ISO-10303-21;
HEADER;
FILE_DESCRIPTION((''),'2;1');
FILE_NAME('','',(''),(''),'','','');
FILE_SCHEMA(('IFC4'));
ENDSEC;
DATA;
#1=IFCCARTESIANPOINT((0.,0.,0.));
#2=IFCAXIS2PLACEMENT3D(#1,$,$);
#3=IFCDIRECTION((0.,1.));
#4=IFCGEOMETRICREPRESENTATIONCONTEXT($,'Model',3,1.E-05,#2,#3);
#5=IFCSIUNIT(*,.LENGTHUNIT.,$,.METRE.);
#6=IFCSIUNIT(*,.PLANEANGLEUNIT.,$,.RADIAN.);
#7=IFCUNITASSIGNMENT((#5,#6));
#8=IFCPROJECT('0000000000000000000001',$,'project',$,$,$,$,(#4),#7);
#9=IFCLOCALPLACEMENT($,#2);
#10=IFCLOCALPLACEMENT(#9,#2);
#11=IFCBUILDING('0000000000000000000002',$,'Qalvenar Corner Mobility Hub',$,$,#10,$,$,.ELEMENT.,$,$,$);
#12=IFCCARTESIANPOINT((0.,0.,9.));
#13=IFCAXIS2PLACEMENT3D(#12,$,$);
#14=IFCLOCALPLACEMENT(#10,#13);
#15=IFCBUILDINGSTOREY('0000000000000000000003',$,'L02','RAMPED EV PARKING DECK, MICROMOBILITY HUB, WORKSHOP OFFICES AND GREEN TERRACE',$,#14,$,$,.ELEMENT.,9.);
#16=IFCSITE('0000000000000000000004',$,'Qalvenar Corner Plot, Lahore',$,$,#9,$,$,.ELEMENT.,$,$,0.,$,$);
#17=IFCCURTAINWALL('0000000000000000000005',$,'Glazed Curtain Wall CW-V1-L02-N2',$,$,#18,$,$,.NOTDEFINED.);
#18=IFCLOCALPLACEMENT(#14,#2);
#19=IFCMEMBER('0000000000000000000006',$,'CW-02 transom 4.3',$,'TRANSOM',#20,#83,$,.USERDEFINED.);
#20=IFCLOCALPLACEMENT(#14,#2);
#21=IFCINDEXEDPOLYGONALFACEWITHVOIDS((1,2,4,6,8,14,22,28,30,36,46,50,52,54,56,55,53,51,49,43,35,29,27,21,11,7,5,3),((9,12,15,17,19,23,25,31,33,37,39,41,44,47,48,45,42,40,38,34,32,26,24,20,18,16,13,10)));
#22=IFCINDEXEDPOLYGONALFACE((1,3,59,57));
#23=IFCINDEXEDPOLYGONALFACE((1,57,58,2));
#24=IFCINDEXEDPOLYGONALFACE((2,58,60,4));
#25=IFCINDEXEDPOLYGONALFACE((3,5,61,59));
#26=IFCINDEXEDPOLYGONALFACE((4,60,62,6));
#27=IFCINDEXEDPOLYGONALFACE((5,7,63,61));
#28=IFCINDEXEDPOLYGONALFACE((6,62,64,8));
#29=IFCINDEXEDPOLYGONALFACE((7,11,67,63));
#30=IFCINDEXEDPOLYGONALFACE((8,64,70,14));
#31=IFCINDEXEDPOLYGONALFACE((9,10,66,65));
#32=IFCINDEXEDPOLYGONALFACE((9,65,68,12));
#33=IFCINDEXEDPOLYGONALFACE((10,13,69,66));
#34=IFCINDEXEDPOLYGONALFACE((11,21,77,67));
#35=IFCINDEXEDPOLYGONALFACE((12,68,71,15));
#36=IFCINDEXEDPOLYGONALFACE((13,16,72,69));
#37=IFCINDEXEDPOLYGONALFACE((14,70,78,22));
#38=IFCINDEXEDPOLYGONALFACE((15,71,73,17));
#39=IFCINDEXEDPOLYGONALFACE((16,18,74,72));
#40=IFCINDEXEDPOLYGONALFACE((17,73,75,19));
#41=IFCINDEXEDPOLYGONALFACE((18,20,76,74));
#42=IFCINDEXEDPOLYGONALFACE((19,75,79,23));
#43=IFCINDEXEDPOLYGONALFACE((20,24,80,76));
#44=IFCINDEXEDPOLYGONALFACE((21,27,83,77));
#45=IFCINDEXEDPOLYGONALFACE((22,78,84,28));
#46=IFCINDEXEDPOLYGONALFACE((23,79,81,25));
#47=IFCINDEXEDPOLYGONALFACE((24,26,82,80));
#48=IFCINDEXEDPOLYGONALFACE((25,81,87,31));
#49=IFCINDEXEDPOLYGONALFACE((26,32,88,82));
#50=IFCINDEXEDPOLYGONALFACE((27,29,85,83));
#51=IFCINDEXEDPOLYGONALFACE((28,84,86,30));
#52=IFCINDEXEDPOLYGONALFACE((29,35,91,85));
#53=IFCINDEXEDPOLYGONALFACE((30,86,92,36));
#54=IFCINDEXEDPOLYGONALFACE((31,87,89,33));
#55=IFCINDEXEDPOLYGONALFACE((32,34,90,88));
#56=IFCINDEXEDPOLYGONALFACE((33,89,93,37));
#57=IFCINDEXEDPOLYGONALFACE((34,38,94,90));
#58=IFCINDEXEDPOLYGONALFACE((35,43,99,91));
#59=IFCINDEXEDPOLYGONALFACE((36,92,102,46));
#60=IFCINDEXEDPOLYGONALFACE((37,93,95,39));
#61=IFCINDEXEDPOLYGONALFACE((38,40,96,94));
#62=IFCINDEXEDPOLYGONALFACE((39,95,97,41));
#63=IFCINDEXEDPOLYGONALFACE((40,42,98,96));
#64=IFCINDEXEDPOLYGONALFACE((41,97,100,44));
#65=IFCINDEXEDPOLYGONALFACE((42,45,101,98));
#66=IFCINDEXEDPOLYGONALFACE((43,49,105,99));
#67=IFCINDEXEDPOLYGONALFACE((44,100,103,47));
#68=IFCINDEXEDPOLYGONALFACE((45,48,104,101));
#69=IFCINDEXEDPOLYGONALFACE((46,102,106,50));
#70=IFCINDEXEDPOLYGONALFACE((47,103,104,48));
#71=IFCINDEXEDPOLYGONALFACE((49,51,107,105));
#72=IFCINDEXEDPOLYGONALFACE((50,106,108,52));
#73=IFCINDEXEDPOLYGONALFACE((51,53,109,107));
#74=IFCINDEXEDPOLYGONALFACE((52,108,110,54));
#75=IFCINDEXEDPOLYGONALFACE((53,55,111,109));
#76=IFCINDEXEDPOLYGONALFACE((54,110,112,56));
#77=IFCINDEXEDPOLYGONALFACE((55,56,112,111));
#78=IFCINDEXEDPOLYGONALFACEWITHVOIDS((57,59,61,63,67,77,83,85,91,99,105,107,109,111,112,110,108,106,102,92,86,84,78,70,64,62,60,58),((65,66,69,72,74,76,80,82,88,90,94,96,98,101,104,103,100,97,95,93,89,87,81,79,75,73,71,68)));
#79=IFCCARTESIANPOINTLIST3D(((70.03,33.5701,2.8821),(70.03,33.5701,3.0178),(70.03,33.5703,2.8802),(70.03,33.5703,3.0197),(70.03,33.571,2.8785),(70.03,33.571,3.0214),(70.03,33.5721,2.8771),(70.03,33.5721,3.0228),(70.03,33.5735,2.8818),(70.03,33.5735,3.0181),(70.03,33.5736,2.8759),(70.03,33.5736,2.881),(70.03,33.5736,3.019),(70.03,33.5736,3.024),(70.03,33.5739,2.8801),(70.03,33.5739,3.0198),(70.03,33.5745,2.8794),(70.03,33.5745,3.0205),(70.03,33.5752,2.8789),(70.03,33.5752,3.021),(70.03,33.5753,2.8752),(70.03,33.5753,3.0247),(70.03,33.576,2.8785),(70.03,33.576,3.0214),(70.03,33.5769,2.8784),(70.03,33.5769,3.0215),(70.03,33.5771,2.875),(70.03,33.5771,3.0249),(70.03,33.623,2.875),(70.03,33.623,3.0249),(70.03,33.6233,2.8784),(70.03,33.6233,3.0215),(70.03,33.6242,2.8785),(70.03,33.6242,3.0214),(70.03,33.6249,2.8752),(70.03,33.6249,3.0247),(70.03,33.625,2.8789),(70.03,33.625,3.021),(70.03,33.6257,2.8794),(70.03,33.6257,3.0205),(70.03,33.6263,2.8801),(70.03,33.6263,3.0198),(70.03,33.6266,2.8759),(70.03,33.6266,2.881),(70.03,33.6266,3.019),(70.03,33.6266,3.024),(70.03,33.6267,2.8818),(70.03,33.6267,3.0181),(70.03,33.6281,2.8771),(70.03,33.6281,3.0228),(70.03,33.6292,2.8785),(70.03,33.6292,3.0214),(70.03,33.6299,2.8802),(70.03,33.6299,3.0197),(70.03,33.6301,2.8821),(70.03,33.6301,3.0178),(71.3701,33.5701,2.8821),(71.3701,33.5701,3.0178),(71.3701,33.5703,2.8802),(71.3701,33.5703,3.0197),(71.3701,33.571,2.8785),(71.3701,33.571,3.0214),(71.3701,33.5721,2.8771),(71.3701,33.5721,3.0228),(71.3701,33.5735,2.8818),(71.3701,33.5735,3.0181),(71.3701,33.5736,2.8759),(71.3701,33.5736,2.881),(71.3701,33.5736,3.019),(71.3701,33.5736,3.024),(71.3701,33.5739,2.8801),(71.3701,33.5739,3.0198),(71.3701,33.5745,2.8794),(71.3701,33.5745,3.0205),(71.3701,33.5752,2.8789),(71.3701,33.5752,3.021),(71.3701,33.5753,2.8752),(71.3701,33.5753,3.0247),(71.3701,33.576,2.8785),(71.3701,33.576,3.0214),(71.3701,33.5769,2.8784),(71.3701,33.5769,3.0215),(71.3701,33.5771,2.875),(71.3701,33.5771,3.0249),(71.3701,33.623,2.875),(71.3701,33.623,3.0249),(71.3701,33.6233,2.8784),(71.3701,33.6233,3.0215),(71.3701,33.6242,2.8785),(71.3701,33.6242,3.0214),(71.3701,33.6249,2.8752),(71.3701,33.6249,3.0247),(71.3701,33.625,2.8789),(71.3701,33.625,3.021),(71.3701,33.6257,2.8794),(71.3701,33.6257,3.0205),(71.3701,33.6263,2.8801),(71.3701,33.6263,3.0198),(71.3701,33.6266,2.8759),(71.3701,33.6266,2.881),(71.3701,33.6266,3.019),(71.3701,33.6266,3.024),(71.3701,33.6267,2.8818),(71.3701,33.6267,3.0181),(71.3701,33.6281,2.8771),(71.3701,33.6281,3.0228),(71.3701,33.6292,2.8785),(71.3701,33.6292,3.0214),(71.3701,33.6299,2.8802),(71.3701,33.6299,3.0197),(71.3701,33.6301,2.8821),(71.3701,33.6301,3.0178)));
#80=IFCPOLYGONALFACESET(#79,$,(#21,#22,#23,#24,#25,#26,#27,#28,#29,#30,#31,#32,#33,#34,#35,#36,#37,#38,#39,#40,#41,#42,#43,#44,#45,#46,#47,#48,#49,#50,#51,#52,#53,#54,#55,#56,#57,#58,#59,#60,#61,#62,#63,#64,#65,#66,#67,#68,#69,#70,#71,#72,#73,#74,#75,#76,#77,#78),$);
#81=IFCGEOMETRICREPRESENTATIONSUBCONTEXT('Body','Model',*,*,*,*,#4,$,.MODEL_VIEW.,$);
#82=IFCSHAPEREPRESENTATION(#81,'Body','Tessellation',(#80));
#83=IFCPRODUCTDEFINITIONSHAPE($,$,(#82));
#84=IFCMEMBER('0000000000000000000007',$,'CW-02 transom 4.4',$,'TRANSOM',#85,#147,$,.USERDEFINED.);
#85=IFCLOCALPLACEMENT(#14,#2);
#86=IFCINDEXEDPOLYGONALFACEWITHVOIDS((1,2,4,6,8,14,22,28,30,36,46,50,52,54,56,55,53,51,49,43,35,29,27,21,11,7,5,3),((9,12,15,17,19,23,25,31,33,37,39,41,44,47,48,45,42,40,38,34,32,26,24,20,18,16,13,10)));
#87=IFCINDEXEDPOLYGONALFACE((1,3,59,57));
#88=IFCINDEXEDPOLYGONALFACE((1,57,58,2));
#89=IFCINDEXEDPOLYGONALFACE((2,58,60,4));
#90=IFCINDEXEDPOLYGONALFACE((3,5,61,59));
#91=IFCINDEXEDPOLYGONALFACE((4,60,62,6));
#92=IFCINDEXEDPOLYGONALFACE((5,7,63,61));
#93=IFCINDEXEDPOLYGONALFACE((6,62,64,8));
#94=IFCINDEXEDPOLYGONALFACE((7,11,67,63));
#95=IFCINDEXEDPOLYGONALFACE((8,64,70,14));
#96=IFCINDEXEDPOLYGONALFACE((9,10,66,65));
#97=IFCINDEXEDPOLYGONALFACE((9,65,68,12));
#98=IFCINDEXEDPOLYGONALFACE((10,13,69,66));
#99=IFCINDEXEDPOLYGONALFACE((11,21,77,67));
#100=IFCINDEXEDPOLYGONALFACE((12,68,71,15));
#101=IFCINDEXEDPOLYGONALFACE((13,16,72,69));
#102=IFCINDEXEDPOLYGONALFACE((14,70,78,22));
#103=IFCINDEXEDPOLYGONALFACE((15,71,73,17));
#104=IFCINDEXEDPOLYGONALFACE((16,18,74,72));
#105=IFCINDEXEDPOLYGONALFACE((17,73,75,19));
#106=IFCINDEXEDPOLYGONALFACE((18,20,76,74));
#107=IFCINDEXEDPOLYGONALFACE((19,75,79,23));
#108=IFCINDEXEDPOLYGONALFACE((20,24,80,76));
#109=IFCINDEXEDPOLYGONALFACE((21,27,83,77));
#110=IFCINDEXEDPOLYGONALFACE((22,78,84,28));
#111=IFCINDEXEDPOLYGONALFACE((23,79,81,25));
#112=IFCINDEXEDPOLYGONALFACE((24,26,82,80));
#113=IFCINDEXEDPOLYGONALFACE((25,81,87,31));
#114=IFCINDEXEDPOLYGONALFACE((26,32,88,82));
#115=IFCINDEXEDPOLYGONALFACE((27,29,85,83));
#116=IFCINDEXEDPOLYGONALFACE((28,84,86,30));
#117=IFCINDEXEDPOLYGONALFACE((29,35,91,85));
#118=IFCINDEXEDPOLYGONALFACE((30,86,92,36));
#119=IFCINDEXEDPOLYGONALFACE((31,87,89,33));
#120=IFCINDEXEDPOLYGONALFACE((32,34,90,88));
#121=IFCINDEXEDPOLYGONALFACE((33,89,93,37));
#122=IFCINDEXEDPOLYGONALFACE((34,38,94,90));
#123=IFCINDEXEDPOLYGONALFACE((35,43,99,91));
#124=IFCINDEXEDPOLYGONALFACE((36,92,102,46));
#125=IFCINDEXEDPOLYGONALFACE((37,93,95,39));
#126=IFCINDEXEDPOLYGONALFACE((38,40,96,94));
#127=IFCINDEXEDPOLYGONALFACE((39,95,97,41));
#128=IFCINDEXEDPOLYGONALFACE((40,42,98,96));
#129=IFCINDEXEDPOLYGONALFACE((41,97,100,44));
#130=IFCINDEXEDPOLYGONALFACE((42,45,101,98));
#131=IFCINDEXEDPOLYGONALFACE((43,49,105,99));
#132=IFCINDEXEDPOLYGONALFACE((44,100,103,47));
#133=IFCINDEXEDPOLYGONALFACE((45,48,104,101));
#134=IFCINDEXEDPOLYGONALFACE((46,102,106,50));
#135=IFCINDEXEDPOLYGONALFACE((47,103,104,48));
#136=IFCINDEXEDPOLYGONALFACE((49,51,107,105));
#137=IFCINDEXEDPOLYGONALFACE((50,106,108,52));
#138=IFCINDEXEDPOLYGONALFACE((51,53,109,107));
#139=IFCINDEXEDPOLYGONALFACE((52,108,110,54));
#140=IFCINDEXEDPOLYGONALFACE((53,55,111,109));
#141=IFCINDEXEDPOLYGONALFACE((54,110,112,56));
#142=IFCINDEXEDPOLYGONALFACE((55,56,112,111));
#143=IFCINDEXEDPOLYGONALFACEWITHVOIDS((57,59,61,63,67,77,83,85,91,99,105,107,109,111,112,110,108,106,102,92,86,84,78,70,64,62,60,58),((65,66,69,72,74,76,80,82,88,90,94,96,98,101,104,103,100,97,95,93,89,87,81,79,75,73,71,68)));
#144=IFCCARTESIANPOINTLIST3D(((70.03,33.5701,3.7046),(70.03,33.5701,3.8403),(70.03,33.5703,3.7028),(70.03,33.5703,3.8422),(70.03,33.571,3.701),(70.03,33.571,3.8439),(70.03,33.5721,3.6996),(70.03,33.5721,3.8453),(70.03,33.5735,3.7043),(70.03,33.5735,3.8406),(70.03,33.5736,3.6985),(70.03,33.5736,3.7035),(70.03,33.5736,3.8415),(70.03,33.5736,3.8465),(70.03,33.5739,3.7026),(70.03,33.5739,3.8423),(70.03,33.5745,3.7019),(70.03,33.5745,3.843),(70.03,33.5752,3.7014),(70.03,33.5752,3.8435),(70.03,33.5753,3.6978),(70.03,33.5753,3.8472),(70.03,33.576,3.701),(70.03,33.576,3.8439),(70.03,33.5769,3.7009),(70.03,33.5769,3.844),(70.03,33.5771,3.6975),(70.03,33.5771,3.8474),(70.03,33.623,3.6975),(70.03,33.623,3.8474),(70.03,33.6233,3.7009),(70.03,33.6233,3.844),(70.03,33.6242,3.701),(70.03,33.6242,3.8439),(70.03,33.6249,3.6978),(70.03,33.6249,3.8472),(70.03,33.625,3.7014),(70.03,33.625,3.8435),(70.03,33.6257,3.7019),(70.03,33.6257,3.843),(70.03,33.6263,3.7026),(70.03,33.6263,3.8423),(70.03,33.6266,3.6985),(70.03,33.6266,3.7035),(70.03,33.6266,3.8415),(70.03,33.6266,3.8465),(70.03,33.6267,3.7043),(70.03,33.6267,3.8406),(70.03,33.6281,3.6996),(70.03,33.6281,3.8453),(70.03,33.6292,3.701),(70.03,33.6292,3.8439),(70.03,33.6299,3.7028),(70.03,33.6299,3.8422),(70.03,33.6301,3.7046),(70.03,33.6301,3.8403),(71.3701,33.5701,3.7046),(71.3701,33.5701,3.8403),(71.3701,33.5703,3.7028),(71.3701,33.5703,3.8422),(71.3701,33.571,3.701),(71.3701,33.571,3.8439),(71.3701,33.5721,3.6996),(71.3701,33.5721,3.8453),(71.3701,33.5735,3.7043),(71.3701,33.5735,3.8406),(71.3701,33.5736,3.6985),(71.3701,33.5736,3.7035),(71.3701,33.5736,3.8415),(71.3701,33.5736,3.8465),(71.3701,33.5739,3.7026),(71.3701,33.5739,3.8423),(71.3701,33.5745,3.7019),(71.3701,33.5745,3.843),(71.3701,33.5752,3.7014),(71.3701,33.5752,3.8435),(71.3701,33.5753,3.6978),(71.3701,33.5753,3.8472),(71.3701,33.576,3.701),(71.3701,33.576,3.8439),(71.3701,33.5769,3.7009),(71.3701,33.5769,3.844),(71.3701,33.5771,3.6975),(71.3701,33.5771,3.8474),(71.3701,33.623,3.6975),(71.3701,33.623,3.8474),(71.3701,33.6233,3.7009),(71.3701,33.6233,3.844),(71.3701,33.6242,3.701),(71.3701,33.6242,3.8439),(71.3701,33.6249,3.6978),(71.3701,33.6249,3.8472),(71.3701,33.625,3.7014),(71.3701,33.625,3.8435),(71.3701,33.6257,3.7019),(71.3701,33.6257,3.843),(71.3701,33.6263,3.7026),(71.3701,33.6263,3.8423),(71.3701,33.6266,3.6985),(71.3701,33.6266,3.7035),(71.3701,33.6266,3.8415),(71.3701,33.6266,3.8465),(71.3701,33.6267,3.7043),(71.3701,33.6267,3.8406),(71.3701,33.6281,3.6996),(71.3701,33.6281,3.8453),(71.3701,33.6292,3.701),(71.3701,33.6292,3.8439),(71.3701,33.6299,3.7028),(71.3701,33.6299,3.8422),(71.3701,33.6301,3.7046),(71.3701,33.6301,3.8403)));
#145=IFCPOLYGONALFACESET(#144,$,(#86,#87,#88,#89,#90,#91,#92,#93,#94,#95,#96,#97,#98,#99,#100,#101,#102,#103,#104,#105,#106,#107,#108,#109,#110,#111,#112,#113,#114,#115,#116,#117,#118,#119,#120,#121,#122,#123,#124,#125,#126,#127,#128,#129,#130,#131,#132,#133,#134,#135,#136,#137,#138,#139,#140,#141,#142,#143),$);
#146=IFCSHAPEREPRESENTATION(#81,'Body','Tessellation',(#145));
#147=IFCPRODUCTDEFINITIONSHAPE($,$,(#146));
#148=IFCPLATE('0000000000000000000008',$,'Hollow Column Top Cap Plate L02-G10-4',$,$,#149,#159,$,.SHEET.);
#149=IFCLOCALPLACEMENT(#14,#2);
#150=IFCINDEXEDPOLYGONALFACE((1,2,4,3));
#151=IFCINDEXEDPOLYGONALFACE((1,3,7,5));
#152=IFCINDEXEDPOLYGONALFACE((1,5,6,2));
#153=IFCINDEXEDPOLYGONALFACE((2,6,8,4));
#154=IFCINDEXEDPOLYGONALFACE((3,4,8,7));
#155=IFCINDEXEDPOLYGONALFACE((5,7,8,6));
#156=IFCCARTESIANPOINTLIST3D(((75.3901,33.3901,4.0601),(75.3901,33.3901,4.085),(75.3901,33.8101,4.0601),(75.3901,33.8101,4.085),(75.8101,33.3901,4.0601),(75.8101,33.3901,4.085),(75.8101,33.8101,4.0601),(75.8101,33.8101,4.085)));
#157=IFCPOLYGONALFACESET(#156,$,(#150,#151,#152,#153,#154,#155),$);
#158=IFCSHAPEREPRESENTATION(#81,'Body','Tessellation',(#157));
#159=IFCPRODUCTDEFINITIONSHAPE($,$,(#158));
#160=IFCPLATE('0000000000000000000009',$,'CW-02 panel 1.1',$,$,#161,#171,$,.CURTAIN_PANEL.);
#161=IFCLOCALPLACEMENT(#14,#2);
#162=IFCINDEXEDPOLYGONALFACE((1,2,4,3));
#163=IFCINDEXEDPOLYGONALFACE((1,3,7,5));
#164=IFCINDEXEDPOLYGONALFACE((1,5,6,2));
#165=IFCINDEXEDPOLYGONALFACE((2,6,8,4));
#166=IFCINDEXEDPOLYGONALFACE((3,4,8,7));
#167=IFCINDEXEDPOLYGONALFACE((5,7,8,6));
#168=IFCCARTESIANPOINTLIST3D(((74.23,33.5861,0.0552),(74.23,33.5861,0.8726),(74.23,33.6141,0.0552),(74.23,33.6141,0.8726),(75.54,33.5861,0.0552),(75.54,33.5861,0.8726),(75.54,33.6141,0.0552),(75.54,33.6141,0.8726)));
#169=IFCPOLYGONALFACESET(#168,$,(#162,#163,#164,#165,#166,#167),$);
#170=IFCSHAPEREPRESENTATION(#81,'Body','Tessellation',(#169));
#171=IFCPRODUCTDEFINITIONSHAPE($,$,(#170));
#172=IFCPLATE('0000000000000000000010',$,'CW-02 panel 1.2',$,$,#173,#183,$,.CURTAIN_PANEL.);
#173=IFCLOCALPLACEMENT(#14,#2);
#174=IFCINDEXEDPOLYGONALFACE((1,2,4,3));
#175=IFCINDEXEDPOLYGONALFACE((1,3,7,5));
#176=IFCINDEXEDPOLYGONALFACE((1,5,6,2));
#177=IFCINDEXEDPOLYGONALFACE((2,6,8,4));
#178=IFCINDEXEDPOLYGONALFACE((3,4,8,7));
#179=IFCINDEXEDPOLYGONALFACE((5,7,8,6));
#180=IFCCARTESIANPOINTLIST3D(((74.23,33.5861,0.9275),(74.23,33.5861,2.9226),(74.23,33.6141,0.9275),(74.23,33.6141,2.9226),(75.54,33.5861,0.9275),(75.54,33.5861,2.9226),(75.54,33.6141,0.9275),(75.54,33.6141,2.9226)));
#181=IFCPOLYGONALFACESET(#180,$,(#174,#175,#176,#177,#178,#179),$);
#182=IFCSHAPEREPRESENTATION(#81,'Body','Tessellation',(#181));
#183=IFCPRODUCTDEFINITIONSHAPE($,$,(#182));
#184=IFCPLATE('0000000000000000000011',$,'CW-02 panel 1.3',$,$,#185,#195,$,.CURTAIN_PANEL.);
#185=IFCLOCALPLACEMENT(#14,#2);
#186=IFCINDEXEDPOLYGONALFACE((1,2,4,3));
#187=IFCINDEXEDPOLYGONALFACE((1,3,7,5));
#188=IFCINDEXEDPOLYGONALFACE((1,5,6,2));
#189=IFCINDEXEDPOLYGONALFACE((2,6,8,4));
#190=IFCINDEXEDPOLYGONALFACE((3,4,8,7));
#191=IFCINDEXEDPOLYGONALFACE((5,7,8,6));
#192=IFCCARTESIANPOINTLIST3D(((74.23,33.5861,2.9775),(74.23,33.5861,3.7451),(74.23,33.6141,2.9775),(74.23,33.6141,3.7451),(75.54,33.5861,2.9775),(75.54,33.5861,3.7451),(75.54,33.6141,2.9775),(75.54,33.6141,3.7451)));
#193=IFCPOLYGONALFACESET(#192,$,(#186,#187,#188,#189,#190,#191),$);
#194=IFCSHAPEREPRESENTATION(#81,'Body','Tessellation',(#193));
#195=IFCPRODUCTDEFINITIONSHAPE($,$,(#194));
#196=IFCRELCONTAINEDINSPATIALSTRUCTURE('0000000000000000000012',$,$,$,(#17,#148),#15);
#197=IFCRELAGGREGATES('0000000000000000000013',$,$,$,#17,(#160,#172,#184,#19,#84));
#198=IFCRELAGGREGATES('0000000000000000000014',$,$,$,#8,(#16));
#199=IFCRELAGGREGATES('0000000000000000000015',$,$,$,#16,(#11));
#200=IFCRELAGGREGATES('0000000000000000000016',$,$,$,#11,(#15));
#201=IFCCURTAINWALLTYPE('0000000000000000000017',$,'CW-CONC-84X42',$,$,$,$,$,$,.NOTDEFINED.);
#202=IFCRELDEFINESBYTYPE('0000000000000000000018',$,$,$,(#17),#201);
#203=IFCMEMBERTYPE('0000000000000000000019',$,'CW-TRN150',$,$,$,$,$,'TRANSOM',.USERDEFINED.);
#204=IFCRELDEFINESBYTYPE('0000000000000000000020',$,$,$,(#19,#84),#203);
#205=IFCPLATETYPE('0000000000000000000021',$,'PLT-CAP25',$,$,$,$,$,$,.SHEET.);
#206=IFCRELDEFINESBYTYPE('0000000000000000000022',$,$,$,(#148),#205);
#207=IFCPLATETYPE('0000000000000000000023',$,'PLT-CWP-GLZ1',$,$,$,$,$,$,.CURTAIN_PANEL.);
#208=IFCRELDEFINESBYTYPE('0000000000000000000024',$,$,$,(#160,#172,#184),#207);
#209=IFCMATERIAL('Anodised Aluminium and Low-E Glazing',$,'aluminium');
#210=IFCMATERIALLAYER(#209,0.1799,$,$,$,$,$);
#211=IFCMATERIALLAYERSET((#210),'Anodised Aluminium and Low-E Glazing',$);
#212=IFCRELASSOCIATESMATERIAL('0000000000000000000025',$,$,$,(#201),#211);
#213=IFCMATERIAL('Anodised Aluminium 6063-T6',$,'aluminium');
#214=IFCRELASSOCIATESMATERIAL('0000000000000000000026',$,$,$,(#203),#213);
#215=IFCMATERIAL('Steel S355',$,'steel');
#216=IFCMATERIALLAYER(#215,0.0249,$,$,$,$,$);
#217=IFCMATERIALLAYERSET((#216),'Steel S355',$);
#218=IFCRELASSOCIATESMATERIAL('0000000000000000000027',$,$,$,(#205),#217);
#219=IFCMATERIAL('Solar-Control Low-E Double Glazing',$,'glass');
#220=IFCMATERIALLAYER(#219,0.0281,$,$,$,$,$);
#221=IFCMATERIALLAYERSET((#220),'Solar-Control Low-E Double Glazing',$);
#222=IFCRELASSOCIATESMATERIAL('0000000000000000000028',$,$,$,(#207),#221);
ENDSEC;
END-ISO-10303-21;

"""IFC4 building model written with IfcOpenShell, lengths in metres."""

from ifc_helpers import new_model, si_unit, direction, frame, origin, origin_2d, place, context, subcontext, project, spatial, rectangle, hollow_rectangle, extrude, material, layer, layer_set, material_profile, profile_set, type_object, element, aggregate, save


model = new_model("IFC4")

# Units and contexts
model_context = context("Model", 3, precision=1e-05, world=origin(), true_north=direction((0.0, 1.0)))
body_context = subcontext(model_context, "Body", "Model", "MODEL_VIEW")
ifc_project = project(units=[si_unit("LENGTHUNIT", "METRE"), si_unit("PLANEANGLEUNIT", "RADIAN")], contexts=[model_context])

# Site, building, storey
site_placement = place(None, origin())
site = spatial("IfcSite", under=ifc_project, at=site_placement, Name="Qalvenar Corner Plot, Lahore", CompositionType="ELEMENT", RefElevation=0.0)
building_placement = place(site_placement, origin())
building = spatial("IfcBuilding", under=site, at=building_placement, Name="Qalvenar Corner Mobility Hub", CompositionType="ELEMENT")
storey_placement = place(building_placement, frame((0.0, 0.0, 9.0)))
storey = spatial("IfcBuildingStorey", under=building, at=storey_placement, Name="L02", Description="RAMPED EV PARKING DECK, MICROMOBILITY HUB, WORKSHOP OFFICES AND GREEN TERRACE", CompositionType="ELEMENT", Elevation=9.0)

# Curtain wall, members
ifc_material_1 = material(Name="Anodised Aluminium and Low-E Glazing", Category="aluminium")
ifc_layer_1 = layer(ifc_material_1, 0.1799)
ifc_layer_set_1 = layer_set([ifc_layer_1], Name="Anodised Aluminium and Low-E Glazing")
curtain_wall_type = type_object("IfcCurtainWallType", Name="CW-CONC-84X42", PredefinedType="NOTDEFINED", material=ifc_layer_set_1)
curtain_wall_placement = place(storey_placement, origin())
curtain_wall = element("IfcCurtainWall", 1, at=curtain_wall_placement, inside=storey, type_object=curtain_wall_type, Name="Glazed Curtain Wall CW-V1-L02-N2", PredefinedType="NOTDEFINED")
ifc_material_2 = material(Name="Anodised Aluminium 6063-T6", Category="aluminium")
ifc_material_profile_1 = material_profile(ifc_material_2, hollow_rectangle(XDim=0.0601, YDim=0.1499, WallThickness=0.0034, InnerFilletRadius=0.0034, OuterFilletRadius=0.0071, at=origin_2d()), Name="RHS150x60x3.5")
ifc_profile_set_1 = profile_set([ifc_material_profile_1], Name="Anodised Aluminium 6063-T6")
member_type_1 = type_object("IfcMemberType", Name="CW-TRN150", ElementType="TRANSOM", PredefinedType="USERDEFINED", material=ifc_profile_set_1)
member_1_placement = place(storey_placement, frame((71.3701, 33.6001, 2.95), z_axis=(-1.0, 0.0, 0.0), x_axis=(0.0, -1.0, 0.0)))
member_1 = element("IfcMember", 2, at=member_1_placement, type_object=member_type_1, Name="CW-02 transom 4.3", ObjectType="TRANSOM", PredefinedType="USERDEFINED", context=body_context, shape_type="SweptSolid", body=[
    extrude(hollow_rectangle(XDim=0.0601, YDim=0.1499, WallThickness=0.0034, InnerFilletRadius=0.0034, OuterFilletRadius=0.0071, at=origin_2d()), origin(), (0.0, 0.0, 1.0), 1.3401),
])
member_2_placement = place(storey_placement, frame((71.3701, 33.6001, 3.7725), z_axis=(-1.0, 0.0, 0.0), x_axis=(0.0, -1.0, 0.0)))
member_2 = element("IfcMember", 3, at=member_2_placement, type_object=member_type_1, Name="CW-02 transom 4.4", ObjectType="TRANSOM", PredefinedType="USERDEFINED", context=body_context, shape_type="SweptSolid", body=[
    extrude(hollow_rectangle(XDim=0.0601, YDim=0.1499, WallThickness=0.0034, InnerFilletRadius=0.0034, OuterFilletRadius=0.0071, at=origin_2d()), origin(), (0.0, 0.0, 1.0), 1.3401),
])

# Plates
ifc_material_3 = material(Name="Steel S355", Category="steel")
ifc_layer_2 = layer(ifc_material_3, 0.0249)
ifc_layer_set_2 = layer_set([ifc_layer_2], Name="Steel S355")
plate_type_1 = type_object("IfcPlateType", Name="PLT-CAP25", PredefinedType="SHEET", material=ifc_layer_set_2)
plate_1_placement = place(storey_placement, frame((75.6001, 33.6001, 4.0601), z_axis=(0.0, 0.0, 1.0), x_axis=(1.0, 0.0, 0.0)))
element("IfcPlate", 4, at=plate_1_placement, inside=storey, type_object=plate_type_1, Name="Hollow Column Top Cap Plate L02-G10-4", PredefinedType="SHEET", context=body_context, shape_type="SweptSolid", body=[
    extrude(rectangle(XDim=0.4199, YDim=0.4199, at=origin_2d()), origin(), (0.0, 0.0, 1.0), 0.0249),
])
ifc_material_4 = material(Name="Solar-Control Low-E Double Glazing", Category="glass")
ifc_layer_3 = layer(ifc_material_4, 0.0281)
ifc_layer_set_3 = layer_set([ifc_layer_3], Name="Solar-Control Low-E Double Glazing")
plate_type_2 = type_object("IfcPlateType", Name="PLT-CWP-GLZ1", PredefinedType="CURTAIN_PANEL", material=ifc_layer_set_3)
plate_2_placement = place(storey_placement, frame((74.885, 33.6001, 0.0552), z_axis=(0.0, 0.0, 1.0), x_axis=(-1.0, 0.0, 0.0)))
plate_2 = element("IfcPlate", 5, at=plate_2_placement, type_object=plate_type_2, Name="CW-02 panel 1.1", PredefinedType="CURTAIN_PANEL", context=body_context, shape_type="SweptSolid", body=[
    extrude(rectangle(XDim=1.3101, YDim=0.0281, at=origin_2d()), origin(), (0.0, 0.0, 1.0), 0.8174),
])
plate_3_placement = place(storey_placement, frame((74.885, 33.6001, 0.9275), z_axis=(0.0, 0.0, 1.0), x_axis=(-1.0, 0.0, 0.0)))
plate_3 = element("IfcPlate", 6, at=plate_3_placement, type_object=plate_type_2, Name="CW-02 panel 1.2", PredefinedType="CURTAIN_PANEL", context=body_context, shape_type="SweptSolid", body=[
    extrude(rectangle(XDim=1.3101, YDim=0.0281, at=origin_2d()), origin(), (0.0, 0.0, 1.0), 1.9951),
])
plate_4_placement = place(storey_placement, frame((74.885, 33.6001, 2.9775), z_axis=(0.0, 0.0, 1.0), x_axis=(-1.0, 0.0, 0.0)))
plate_4 = element("IfcPlate", 7, at=plate_4_placement, type_object=plate_type_2, Name="CW-02 panel 1.3", PredefinedType="CURTAIN_PANEL", context=body_context, shape_type="SweptSolid", body=[
    extrude(rectangle(XDim=1.3101, YDim=0.0281, at=origin_2d()), origin(), (0.0, 0.0, 1.0), 0.7676),
])
aggregate(curtain_wall, [plate_2, plate_3, plate_4, member_1, member_2])

save(model, "model.ifc")
